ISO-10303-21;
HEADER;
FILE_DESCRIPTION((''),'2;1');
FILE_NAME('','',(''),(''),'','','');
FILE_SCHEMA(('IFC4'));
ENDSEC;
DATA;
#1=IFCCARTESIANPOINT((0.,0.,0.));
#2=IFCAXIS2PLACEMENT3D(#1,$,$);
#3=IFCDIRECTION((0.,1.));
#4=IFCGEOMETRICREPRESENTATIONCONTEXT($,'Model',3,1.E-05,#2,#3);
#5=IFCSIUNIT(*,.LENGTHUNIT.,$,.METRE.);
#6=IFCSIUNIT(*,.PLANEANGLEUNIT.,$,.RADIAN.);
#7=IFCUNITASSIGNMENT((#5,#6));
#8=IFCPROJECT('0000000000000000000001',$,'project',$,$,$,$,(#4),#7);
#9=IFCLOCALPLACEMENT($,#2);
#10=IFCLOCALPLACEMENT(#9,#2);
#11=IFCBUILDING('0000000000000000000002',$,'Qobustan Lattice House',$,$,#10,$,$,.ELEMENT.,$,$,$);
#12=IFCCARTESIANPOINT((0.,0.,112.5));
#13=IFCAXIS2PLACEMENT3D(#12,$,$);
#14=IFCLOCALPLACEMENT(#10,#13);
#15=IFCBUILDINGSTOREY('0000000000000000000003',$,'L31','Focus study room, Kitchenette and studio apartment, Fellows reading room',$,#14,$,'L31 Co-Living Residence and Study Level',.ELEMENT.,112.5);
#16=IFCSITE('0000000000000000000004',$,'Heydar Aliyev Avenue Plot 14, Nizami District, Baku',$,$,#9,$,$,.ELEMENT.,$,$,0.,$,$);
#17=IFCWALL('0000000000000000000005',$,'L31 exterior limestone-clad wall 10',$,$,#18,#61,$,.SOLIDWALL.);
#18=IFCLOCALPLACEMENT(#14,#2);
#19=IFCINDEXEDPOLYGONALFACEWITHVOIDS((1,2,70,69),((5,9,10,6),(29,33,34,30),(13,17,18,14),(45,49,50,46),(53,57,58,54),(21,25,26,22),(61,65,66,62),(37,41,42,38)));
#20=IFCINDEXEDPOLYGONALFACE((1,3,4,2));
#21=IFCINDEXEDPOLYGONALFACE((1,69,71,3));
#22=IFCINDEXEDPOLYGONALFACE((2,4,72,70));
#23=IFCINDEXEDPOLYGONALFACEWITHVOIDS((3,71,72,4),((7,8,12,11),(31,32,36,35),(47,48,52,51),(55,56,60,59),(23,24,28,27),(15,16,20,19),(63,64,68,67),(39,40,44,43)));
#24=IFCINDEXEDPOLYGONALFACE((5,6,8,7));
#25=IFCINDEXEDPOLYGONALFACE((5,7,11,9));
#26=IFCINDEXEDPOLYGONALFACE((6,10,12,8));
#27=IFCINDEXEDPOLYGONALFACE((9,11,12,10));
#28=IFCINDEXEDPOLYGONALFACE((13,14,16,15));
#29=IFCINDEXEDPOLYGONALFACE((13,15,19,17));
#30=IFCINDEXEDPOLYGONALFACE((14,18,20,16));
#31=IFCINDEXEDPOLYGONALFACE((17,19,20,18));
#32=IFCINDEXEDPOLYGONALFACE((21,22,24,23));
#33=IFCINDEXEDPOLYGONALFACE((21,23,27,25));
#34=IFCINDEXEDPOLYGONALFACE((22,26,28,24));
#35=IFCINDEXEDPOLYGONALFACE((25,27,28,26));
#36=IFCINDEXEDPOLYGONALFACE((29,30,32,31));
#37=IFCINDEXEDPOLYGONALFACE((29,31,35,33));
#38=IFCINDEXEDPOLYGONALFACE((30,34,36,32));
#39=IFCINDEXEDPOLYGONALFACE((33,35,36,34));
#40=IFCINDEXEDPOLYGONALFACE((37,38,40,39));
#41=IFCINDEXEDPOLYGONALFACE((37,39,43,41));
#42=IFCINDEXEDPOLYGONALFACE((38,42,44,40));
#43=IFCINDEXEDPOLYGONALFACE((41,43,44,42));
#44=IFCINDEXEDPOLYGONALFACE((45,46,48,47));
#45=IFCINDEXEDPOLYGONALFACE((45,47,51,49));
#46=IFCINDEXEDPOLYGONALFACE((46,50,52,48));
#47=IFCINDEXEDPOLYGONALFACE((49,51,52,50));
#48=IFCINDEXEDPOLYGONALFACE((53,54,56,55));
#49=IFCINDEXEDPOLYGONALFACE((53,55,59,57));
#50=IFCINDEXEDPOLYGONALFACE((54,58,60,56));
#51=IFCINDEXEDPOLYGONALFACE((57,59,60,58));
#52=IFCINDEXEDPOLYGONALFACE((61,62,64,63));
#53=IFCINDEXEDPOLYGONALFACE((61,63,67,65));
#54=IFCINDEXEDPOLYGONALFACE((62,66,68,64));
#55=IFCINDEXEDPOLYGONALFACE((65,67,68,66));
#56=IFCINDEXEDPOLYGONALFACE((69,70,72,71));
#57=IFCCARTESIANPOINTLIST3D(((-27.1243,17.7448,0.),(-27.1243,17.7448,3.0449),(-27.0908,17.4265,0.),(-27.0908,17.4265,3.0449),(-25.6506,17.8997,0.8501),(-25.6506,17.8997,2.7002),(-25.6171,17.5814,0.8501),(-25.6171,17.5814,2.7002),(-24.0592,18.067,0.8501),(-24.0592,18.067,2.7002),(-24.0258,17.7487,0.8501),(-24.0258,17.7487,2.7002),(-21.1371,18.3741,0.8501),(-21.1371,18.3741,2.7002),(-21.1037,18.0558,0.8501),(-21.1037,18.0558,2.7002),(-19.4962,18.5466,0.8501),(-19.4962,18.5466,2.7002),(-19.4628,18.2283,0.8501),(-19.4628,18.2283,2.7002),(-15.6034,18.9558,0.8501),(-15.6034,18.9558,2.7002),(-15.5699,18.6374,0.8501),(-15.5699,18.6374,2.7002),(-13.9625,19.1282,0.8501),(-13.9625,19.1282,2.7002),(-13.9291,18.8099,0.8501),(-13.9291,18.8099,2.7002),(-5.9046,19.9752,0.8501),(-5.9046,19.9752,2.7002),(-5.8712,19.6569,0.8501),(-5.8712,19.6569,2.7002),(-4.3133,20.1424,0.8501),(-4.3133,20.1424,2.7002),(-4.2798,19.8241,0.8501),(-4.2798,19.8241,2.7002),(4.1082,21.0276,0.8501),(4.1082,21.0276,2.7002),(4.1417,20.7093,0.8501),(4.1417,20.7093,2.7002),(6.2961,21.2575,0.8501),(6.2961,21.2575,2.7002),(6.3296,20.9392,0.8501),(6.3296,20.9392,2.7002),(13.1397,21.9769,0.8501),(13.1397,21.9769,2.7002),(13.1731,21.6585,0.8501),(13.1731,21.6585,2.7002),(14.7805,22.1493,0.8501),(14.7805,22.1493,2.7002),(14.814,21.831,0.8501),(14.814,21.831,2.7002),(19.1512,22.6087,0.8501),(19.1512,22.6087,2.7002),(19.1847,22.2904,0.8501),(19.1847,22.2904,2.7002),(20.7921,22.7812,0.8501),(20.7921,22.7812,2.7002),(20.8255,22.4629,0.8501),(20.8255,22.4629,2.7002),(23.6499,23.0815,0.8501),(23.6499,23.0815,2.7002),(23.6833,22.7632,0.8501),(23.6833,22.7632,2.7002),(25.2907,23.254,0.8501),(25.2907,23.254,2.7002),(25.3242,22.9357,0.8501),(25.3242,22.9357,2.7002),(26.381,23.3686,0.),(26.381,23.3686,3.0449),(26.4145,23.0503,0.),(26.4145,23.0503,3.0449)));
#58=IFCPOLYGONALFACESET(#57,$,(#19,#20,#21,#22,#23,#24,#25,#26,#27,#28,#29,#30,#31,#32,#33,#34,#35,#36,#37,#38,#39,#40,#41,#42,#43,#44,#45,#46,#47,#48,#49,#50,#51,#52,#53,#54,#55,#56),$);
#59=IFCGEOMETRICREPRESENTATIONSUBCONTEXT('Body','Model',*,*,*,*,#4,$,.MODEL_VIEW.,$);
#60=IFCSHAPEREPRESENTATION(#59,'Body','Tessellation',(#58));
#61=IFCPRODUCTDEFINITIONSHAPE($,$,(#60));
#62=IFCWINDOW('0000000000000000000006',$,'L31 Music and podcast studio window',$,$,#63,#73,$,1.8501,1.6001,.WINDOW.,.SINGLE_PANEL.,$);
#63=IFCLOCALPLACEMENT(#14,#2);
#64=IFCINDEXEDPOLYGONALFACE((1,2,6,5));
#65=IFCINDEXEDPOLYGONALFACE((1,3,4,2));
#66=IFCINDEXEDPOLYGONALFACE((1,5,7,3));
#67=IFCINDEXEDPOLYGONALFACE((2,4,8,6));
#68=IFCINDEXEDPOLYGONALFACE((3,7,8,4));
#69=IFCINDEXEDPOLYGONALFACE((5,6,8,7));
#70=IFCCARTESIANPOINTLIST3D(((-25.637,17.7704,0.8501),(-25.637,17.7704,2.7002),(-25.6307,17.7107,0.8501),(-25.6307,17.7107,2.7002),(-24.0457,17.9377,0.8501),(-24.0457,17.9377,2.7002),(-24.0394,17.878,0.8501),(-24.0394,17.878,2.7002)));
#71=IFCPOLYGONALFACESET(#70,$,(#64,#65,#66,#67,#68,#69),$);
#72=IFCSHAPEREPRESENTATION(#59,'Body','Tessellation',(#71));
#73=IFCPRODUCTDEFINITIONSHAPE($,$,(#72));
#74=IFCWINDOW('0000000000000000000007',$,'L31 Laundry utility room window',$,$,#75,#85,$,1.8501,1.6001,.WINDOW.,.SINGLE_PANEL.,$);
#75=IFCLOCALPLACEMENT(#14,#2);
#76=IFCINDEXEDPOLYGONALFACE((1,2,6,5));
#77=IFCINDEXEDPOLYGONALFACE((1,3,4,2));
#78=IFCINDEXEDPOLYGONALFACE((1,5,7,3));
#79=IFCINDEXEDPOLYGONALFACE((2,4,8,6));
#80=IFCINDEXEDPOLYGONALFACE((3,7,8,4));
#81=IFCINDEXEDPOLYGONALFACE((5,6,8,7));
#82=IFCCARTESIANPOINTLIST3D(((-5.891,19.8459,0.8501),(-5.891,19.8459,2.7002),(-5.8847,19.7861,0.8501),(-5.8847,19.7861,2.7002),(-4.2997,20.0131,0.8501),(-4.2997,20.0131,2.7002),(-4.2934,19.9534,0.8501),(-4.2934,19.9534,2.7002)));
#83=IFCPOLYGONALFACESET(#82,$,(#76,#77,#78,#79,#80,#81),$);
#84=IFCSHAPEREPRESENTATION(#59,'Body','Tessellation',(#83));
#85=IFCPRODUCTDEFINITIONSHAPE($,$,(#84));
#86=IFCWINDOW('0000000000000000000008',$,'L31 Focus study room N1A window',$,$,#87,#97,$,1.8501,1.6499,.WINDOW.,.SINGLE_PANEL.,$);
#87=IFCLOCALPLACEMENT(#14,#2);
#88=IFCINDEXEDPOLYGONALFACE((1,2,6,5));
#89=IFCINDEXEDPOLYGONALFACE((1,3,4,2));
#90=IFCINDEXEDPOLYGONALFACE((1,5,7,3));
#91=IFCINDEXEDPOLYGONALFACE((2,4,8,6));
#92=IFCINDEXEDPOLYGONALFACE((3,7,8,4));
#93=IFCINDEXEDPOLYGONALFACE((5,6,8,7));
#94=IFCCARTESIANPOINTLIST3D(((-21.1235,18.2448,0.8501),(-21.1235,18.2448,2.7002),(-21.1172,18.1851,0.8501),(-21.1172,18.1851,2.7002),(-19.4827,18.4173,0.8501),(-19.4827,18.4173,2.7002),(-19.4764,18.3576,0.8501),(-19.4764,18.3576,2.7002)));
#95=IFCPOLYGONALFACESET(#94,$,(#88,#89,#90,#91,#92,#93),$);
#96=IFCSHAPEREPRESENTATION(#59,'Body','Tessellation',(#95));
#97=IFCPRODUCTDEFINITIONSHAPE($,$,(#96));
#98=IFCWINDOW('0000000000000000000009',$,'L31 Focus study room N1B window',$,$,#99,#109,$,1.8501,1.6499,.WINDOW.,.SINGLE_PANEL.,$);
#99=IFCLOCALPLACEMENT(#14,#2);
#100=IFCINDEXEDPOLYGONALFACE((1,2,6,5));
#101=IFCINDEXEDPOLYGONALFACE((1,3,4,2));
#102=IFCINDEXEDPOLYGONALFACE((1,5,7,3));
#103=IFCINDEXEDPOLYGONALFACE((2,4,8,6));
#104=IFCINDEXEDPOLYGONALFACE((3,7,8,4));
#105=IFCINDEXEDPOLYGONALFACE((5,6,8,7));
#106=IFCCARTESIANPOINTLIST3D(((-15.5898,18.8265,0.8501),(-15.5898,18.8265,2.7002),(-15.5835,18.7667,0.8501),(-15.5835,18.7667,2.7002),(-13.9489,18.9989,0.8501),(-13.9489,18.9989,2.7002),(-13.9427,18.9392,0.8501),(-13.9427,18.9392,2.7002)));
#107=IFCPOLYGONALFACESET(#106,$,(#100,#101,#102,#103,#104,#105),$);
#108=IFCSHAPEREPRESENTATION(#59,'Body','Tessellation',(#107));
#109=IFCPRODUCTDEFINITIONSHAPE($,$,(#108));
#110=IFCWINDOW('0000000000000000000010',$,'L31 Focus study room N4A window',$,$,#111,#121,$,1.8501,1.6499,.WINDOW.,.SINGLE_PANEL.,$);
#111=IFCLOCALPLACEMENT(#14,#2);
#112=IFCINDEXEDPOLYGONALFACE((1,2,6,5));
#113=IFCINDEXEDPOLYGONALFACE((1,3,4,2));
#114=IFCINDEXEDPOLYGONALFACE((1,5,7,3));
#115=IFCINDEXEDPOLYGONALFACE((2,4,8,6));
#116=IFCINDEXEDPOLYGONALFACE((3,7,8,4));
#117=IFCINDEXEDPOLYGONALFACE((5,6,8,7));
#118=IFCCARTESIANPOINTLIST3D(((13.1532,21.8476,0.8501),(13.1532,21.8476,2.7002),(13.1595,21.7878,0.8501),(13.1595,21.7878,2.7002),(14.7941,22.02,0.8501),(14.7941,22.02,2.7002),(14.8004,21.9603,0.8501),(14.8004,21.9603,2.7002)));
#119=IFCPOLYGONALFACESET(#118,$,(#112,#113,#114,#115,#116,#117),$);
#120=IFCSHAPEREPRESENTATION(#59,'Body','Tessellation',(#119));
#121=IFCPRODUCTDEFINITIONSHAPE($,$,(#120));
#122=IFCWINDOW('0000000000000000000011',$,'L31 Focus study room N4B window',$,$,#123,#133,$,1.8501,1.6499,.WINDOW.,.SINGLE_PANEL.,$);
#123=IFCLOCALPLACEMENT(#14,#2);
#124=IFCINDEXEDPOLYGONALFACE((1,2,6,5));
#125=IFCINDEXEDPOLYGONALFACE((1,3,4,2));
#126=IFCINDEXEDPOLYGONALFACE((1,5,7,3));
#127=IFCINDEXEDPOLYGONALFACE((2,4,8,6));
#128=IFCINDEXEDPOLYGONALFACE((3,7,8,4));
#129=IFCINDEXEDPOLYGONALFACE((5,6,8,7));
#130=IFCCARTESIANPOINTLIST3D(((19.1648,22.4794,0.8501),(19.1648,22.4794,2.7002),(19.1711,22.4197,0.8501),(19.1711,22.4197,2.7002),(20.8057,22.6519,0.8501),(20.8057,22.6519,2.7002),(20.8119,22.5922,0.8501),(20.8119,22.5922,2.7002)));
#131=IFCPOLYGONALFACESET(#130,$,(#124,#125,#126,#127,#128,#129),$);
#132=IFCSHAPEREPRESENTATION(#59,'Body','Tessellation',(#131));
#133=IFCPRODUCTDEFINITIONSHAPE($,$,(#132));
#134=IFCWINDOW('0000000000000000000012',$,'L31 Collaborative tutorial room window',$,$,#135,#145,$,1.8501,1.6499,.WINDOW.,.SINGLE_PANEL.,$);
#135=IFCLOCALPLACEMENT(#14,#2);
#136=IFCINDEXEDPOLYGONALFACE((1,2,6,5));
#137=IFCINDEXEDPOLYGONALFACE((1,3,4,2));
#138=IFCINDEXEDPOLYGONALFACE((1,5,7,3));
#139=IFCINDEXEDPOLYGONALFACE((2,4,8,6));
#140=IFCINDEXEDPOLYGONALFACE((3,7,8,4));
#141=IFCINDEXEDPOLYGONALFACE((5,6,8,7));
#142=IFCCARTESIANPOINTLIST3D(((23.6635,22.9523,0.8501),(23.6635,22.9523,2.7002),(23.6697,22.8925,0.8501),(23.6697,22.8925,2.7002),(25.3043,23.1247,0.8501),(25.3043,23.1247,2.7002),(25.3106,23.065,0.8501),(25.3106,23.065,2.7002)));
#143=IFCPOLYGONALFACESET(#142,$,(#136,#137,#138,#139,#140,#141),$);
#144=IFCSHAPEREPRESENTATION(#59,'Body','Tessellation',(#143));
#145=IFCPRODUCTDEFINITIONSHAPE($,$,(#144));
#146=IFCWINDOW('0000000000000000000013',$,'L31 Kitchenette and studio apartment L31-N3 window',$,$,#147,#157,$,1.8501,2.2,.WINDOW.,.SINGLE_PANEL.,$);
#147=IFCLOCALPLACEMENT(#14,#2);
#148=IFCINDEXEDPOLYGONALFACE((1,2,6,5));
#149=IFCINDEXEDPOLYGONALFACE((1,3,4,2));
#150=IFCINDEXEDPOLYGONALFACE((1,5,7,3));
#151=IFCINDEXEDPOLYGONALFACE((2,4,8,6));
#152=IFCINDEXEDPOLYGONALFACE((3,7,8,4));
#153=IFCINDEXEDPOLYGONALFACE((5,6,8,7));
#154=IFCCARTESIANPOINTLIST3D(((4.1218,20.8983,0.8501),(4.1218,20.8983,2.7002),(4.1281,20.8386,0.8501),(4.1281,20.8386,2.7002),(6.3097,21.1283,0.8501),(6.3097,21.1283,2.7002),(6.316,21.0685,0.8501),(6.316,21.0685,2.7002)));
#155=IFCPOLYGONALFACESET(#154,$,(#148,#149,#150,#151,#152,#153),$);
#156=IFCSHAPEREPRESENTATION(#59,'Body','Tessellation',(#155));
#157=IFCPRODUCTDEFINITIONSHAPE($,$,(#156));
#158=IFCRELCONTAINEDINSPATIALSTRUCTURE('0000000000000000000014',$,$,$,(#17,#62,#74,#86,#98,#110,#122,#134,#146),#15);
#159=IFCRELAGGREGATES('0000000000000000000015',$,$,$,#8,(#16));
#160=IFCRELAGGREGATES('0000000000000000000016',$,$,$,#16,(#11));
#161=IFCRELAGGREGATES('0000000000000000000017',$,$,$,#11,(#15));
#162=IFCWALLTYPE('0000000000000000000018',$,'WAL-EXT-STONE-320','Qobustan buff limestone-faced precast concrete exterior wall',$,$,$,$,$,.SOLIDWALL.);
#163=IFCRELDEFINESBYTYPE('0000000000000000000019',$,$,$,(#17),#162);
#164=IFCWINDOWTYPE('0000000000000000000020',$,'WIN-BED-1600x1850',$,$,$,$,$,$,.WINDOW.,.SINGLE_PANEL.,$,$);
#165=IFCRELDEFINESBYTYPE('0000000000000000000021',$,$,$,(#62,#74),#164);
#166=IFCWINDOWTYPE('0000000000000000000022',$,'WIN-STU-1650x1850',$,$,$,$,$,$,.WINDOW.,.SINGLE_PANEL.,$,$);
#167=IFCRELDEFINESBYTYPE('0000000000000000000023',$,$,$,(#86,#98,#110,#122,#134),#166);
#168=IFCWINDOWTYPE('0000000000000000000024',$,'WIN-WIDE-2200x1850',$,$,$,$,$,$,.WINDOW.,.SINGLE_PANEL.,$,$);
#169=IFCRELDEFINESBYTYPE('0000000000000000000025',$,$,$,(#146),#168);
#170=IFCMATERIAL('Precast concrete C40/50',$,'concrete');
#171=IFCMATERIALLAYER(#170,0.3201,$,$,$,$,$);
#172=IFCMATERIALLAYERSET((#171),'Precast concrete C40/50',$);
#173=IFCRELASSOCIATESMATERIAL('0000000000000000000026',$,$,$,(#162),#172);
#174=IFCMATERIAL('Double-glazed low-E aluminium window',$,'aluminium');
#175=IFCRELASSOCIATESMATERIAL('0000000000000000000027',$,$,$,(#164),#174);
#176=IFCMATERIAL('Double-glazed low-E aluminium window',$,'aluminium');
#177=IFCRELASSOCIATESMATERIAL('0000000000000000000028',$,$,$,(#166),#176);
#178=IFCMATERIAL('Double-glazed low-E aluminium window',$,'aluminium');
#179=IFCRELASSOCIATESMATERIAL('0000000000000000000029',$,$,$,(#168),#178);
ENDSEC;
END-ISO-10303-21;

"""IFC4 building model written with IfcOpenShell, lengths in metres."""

from ifc_helpers import new_model, si_unit, direction, frame, frame_2d, origin, place, context, subcontext, project, spatial, rectangle, extrude, material, layer, layer_set, type_object, element, fill, save


model = new_model("IFC4")

# Units and contexts
model_context = context("Model", 3, precision=1e-05, world=origin(), true_north=direction((0.0, 1.0)))
body_context = subcontext(model_context, "Body", "Model", "MODEL_VIEW")
ifc_project = project(units=[si_unit("LENGTHUNIT", "METRE"), si_unit("PLANEANGLEUNIT", "RADIAN")], contexts=[model_context])

# Site, building, storey
site_placement = place(None, origin())
site = spatial("IfcSite", under=ifc_project, at=site_placement, Name="Heydar Aliyev Avenue Plot 14, Nizami District, Baku", CompositionType="ELEMENT", RefElevation=0.0)
building_placement = place(site_placement, origin())
building = spatial("IfcBuilding", under=site, at=building_placement, Name="Qobustan Lattice House", CompositionType="ELEMENT")
storey_placement = place(building_placement, frame((0.0, 0.0, 112.5)))
storey = spatial("IfcBuildingStorey", under=building, at=storey_placement, Name="L31", Description="Focus study room, Kitchenette and studio apartment, Fellows reading room", LongName="L31 Co-Living Residence and Study Level", CompositionType="ELEMENT", Elevation=112.5)

# Shared definitions
ifc_material_1 = material(Name="Precast concrete C40/50", Category="concrete")
ifc_layer_1 = layer(ifc_material_1, 0.3201)
ifc_layer_set_1 = layer_set([ifc_layer_1], Name="Precast concrete C40/50")
wall_type_1 = type_object("IfcWallType", Name="WAL-EXT-STONE-320", Description="Qobustan buff limestone-faced precast concrete exterior wall", PredefinedType="SOLIDWALL", material=ifc_layer_set_1)

# Wall, openings, windows
wall_1_placement = place(storey_placement, frame((-27.1074, 17.5857, 0.0), z_axis=(0.0, 0.0, 1.0), x_axis=(0.994522, 0.104531, 0.0)))
wall_1 = element("IfcWall", 1, at=wall_1_placement, inside=storey, type_object=wall_type_1, Name="L31 exterior limestone-clad wall 10", PredefinedType="SOLIDWALL", context=body_context, shape_type="SweptSolid", body=[
    extrude(rectangle(XDim=53.8, YDim=0.3201, at=frame_2d((26.8999, 0.0))), origin(), (0.0, 0.0, 1.0), 3.0449),
])
opening_1_placement = place(wall_1_placement, frame((1.4817, 0.0, 0.8501)))
opening_1 = element("IfcOpeningElement", 2, at=opening_1_placement, cuts=wall_1, PredefinedType="OPENING", context=body_context, shape_type="SweptSolid", body=[
    extrude(rectangle(XDim=1.6001, YDim=1.8501, at=frame_2d((0.8, 0.925))), frame((0.0, 0.1699, 0.0), z_axis=(0.0, -1.0, 0.0), x_axis=(1.0, 0.0, 0.0)), (0.0, 0.0, 1.0), 0.3401),
])
opening_2_placement = place(wall_1_placement, frame((6.02, 0.0, 0.8501)))
opening_2 = element("IfcOpeningElement", 3, at=opening_2_placement, cuts=wall_1, PredefinedType="OPENING", context=body_context, shape_type="SweptSolid", body=[
    extrude(rectangle(XDim=1.6499, YDim=1.8501, at=frame_2d((0.825, 0.925))), frame((0.0, 0.1699, 0.0), z_axis=(0.0, -1.0, 0.0), x_axis=(1.0, 0.0, 0.0)), (0.0, 0.0, 1.0), 0.3401),
])
opening_3_placement = place(wall_1_placement, frame((11.5842, 0.0, 0.8501)))
opening_3 = element("IfcOpeningElement", 4, at=opening_3_placement, cuts=wall_1, PredefinedType="OPENING", context=body_context, shape_type="SweptSolid", body=[
    extrude(rectangle(XDim=1.6499, YDim=1.8501, at=frame_2d((0.825, 0.925))), frame((0.0, 0.1699, 0.0), z_axis=(0.0, -1.0, 0.0), x_axis=(1.0, 0.0, 0.0)), (0.0, 0.0, 1.0), 0.3401),
])
opening_4_placement = place(wall_1_placement, frame((21.3364, 0.0, 0.8501)))
opening_4 = element("IfcOpeningElement", 5, at=opening_4_placement, cuts=wall_1, PredefinedType="OPENING", context=body_context, shape_type="SweptSolid", body=[
    extrude(rectangle(XDim=1.6001, YDim=1.8501, at=frame_2d((0.8, 0.925))), frame((0.0, 0.1699, 0.0), z_axis=(0.0, -1.0, 0.0), x_axis=(1.0, 0.0, 0.0)), (0.0, 0.0, 1.0), 0.3401),
])
opening_5_placement = place(wall_1_placement, frame((31.4043, 0.0, 0.8501)))
opening_5 = element("IfcOpeningElement", 6, at=opening_5_placement, cuts=wall_1, PredefinedType="OPENING", context=body_context, shape_type="SweptSolid", body=[
    extrude(rectangle(XDim=2.2, YDim=1.8501, at=frame_2d((1.1001, 0.925))), frame((0.0, 0.1699, 0.0), z_axis=(0.0, -1.0, 0.0), x_axis=(1.0, 0.0, 0.0)), (0.0, 0.0, 1.0), 0.3401),
])
opening_6_placement = place(wall_1_placement, frame((40.4856, 0.0, 0.8501)))
opening_6 = element("IfcOpeningElement", 7, at=opening_6_placement, cuts=wall_1, PredefinedType="OPENING", context=body_context, shape_type="SweptSolid", body=[
    extrude(rectangle(XDim=1.6499, YDim=1.8501, at=frame_2d((0.825, 0.925))), frame((0.0, 0.1699, 0.0), z_axis=(0.0, -1.0, 0.0), x_axis=(1.0, 0.0, 0.0)), (0.0, 0.0, 1.0), 0.3401),
])
opening_7_placement = place(wall_1_placement, frame((46.5303, 0.0, 0.8501)))
opening_7 = element("IfcOpeningElement", 8, at=opening_7_placement, cuts=wall_1, PredefinedType="OPENING", context=body_context, shape_type="SweptSolid", body=[
    extrude(rectangle(XDim=1.6499, YDim=1.8501, at=frame_2d((0.825, 0.925))), frame((0.0, 0.1699, 0.0), z_axis=(0.0, -1.0, 0.0), x_axis=(1.0, 0.0, 0.0)), (0.0, 0.0, 1.0), 0.3401),
])
opening_8_placement = place(wall_1_placement, frame((51.0537, 0.0, 0.8501)))
opening_8 = element("IfcOpeningElement", 9, at=opening_8_placement, cuts=wall_1, PredefinedType="OPENING", context=body_context, shape_type="SweptSolid", body=[
    extrude(rectangle(XDim=1.6499, YDim=1.8501, at=frame_2d((0.825, 0.925))), frame((0.0, 0.1699, 0.0), z_axis=(0.0, -1.0, 0.0), x_axis=(1.0, 0.0, 0.0)), (0.0, 0.0, 1.0), 0.3401),
])
ifc_material_2 = material(Name="Double-glazed low-E aluminium window", Category="aluminium")
window_type_1 = type_object("IfcWindowType", Name="WIN-BED-1600x1850", PartitioningType="SINGLE_PANEL", PredefinedType="WINDOW", material=ifc_material_2)
window_1_placement = place(opening_1_placement, origin())
window_1 = element("IfcWindow", 10, at=window_1_placement, inside=storey, type_object=window_type_1, Name="L31 Music and podcast studio window", OverallHeight=1.8501, OverallWidth=1.6001, PartitioningType="SINGLE_PANEL", PredefinedType="WINDOW", context=body_context, shape_type="SweptSolid", body=[
    extrude(rectangle(XDim=1.6001, YDim=1.8501, at=frame_2d((0.8, 0.925))), frame((0.0, 0.03, 0.0), z_axis=(0.0, -1.0, 0.0), x_axis=(1.0, 0.0, 0.0)), (0.0, 0.0, 1.0), 0.0601),
])
fill(opening_1, window_1)
window_2_placement = place(opening_4_placement, origin())
window_2 = element("IfcWindow", 11, at=window_2_placement, inside=storey, type_object=window_type_1, Name="L31 Laundry utility room window", OverallHeight=1.8501, OverallWidth=1.6001, PartitioningType="SINGLE_PANEL", PredefinedType="WINDOW", context=body_context, shape_type="SweptSolid", body=[
    extrude(rectangle(XDim=1.6001, YDim=1.8501, at=frame_2d((0.8, 0.925))), frame((0.0, 0.03, 0.0), z_axis=(0.0, -1.0, 0.0), x_axis=(1.0, 0.0, 0.0)), (0.0, 0.0, 1.0), 0.0601),
])
fill(opening_4, window_2)
ifc_material_3 = material(Name="Double-glazed low-E aluminium window", Category="aluminium")
window_type_2 = type_object("IfcWindowType", Name="WIN-STU-1650x1850", PartitioningType="SINGLE_PANEL", PredefinedType="WINDOW", material=ifc_material_3)
window_3_placement = place(opening_2_placement, origin())
window_3 = element("IfcWindow", 12, at=window_3_placement, inside=storey, type_object=window_type_2, Name="L31 Focus study room N1A window", OverallHeight=1.8501, OverallWidth=1.6499, PartitioningType="SINGLE_PANEL", PredefinedType="WINDOW", context=body_context, shape_type="SweptSolid", body=[
    extrude(rectangle(XDim=1.6499, YDim=1.8501, at=frame_2d((0.825, 0.925))), frame((0.0, 0.03, 0.0), z_axis=(0.0, -1.0, 0.0), x_axis=(1.0, 0.0, 0.0)), (0.0, 0.0, 1.0), 0.0601),
])
fill(opening_2, window_3)
window_4_placement = place(opening_3_placement, origin())
window_4 = element("IfcWindow", 13, at=window_4_placement, inside=storey, type_object=window_type_2, Name="L31 Focus study room N1B window", OverallHeight=1.8501, OverallWidth=1.6499, PartitioningType="SINGLE_PANEL", PredefinedType="WINDOW", context=body_context, shape_type="SweptSolid", body=[
    extrude(rectangle(XDim=1.6499, YDim=1.8501, at=frame_2d((0.825, 0.925))), frame((0.0, 0.03, 0.0), z_axis=(0.0, -1.0, 0.0), x_axis=(1.0, 0.0, 0.0)), (0.0, 0.0, 1.0), 0.0601),
])
fill(opening_3, window_4)
window_5_placement = place(opening_6_placement, origin())
window_5 = element("IfcWindow", 14, at=window_5_placement, inside=storey, type_object=window_type_2, Name="L31 Focus study room N4A window", OverallHeight=1.8501, OverallWidth=1.6499, PartitioningType="SINGLE_PANEL", PredefinedType="WINDOW", context=body_context, shape_type="SweptSolid", body=[
    extrude(rectangle(XDim=1.6499, YDim=1.8501, at=frame_2d((0.825, 0.925))), frame((0.0, 0.03, 0.0), z_axis=(0.0, -1.0, 0.0), x_axis=(1.0, 0.0, 0.0)), (0.0, 0.0, 1.0), 0.0601),
])
fill(opening_6, window_5)
window_6_placement = place(opening_7_placement, origin())
window_6 = element("IfcWindow", 15, at=window_6_placement, inside=storey, type_object=window_type_2, Name="L31 Focus study room N4B window", OverallHeight=1.8501, OverallWidth=1.6499, PartitioningType="SINGLE_PANEL", PredefinedType="WINDOW", context=body_context, shape_type="SweptSolid", body=[
    extrude(rectangle(XDim=1.6499, YDim=1.8501, at=frame_2d((0.825, 0.925))), frame((0.0, 0.03, 0.0), z_axis=(0.0, -1.0, 0.0), x_axis=(1.0, 0.0, 0.0)), (0.0, 0.0, 1.0), 0.0601),
])
fill(opening_7, window_6)
window_7_placement = place(opening_8_placement, origin())
window_7 = element("IfcWindow", 16, at=window_7_placement, inside=storey, type_object=window_type_2, Name="L31 Collaborative tutorial room window", OverallHeight=1.8501, OverallWidth=1.6499, PartitioningType="SINGLE_PANEL", PredefinedType="WINDOW", context=body_context, shape_type="SweptSolid", body=[
    extrude(rectangle(XDim=1.6499, YDim=1.8501, at=frame_2d((0.825, 0.925))), frame((0.0, 0.03, 0.0), z_axis=(0.0, -1.0, 0.0), x_axis=(1.0, 0.0, 0.0)), (0.0, 0.0, 1.0), 0.0601),
])
fill(opening_8, window_7)
ifc_material_4 = material(Name="Double-glazed low-E aluminium window", Category="aluminium")
window_type_3 = type_object("IfcWindowType", Name="WIN-WIDE-2200x1850", PartitioningType="SINGLE_PANEL", PredefinedType="WINDOW", material=ifc_material_4)
window_8_placement = place(opening_5_placement, origin())
window_8 = element("IfcWindow", 17, at=window_8_placement, inside=storey, type_object=window_type_3, Name="L31 Kitchenette and studio apartment L31-N3 window", OverallHeight=1.8501, OverallWidth=2.2, PartitioningType="SINGLE_PANEL", PredefinedType="WINDOW", context=body_context, shape_type="SweptSolid", body=[
    extrude(rectangle(XDim=2.2, YDim=1.8501, at=frame_2d((1.1001, 0.925))), frame((0.0, 0.03, 0.0), z_axis=(0.0, -1.0, 0.0), x_axis=(1.0, 0.0, 0.0)), (0.0, 0.0, 1.0), 0.0601),
])
fill(opening_5, window_8)

save(model, "model.ifc")
